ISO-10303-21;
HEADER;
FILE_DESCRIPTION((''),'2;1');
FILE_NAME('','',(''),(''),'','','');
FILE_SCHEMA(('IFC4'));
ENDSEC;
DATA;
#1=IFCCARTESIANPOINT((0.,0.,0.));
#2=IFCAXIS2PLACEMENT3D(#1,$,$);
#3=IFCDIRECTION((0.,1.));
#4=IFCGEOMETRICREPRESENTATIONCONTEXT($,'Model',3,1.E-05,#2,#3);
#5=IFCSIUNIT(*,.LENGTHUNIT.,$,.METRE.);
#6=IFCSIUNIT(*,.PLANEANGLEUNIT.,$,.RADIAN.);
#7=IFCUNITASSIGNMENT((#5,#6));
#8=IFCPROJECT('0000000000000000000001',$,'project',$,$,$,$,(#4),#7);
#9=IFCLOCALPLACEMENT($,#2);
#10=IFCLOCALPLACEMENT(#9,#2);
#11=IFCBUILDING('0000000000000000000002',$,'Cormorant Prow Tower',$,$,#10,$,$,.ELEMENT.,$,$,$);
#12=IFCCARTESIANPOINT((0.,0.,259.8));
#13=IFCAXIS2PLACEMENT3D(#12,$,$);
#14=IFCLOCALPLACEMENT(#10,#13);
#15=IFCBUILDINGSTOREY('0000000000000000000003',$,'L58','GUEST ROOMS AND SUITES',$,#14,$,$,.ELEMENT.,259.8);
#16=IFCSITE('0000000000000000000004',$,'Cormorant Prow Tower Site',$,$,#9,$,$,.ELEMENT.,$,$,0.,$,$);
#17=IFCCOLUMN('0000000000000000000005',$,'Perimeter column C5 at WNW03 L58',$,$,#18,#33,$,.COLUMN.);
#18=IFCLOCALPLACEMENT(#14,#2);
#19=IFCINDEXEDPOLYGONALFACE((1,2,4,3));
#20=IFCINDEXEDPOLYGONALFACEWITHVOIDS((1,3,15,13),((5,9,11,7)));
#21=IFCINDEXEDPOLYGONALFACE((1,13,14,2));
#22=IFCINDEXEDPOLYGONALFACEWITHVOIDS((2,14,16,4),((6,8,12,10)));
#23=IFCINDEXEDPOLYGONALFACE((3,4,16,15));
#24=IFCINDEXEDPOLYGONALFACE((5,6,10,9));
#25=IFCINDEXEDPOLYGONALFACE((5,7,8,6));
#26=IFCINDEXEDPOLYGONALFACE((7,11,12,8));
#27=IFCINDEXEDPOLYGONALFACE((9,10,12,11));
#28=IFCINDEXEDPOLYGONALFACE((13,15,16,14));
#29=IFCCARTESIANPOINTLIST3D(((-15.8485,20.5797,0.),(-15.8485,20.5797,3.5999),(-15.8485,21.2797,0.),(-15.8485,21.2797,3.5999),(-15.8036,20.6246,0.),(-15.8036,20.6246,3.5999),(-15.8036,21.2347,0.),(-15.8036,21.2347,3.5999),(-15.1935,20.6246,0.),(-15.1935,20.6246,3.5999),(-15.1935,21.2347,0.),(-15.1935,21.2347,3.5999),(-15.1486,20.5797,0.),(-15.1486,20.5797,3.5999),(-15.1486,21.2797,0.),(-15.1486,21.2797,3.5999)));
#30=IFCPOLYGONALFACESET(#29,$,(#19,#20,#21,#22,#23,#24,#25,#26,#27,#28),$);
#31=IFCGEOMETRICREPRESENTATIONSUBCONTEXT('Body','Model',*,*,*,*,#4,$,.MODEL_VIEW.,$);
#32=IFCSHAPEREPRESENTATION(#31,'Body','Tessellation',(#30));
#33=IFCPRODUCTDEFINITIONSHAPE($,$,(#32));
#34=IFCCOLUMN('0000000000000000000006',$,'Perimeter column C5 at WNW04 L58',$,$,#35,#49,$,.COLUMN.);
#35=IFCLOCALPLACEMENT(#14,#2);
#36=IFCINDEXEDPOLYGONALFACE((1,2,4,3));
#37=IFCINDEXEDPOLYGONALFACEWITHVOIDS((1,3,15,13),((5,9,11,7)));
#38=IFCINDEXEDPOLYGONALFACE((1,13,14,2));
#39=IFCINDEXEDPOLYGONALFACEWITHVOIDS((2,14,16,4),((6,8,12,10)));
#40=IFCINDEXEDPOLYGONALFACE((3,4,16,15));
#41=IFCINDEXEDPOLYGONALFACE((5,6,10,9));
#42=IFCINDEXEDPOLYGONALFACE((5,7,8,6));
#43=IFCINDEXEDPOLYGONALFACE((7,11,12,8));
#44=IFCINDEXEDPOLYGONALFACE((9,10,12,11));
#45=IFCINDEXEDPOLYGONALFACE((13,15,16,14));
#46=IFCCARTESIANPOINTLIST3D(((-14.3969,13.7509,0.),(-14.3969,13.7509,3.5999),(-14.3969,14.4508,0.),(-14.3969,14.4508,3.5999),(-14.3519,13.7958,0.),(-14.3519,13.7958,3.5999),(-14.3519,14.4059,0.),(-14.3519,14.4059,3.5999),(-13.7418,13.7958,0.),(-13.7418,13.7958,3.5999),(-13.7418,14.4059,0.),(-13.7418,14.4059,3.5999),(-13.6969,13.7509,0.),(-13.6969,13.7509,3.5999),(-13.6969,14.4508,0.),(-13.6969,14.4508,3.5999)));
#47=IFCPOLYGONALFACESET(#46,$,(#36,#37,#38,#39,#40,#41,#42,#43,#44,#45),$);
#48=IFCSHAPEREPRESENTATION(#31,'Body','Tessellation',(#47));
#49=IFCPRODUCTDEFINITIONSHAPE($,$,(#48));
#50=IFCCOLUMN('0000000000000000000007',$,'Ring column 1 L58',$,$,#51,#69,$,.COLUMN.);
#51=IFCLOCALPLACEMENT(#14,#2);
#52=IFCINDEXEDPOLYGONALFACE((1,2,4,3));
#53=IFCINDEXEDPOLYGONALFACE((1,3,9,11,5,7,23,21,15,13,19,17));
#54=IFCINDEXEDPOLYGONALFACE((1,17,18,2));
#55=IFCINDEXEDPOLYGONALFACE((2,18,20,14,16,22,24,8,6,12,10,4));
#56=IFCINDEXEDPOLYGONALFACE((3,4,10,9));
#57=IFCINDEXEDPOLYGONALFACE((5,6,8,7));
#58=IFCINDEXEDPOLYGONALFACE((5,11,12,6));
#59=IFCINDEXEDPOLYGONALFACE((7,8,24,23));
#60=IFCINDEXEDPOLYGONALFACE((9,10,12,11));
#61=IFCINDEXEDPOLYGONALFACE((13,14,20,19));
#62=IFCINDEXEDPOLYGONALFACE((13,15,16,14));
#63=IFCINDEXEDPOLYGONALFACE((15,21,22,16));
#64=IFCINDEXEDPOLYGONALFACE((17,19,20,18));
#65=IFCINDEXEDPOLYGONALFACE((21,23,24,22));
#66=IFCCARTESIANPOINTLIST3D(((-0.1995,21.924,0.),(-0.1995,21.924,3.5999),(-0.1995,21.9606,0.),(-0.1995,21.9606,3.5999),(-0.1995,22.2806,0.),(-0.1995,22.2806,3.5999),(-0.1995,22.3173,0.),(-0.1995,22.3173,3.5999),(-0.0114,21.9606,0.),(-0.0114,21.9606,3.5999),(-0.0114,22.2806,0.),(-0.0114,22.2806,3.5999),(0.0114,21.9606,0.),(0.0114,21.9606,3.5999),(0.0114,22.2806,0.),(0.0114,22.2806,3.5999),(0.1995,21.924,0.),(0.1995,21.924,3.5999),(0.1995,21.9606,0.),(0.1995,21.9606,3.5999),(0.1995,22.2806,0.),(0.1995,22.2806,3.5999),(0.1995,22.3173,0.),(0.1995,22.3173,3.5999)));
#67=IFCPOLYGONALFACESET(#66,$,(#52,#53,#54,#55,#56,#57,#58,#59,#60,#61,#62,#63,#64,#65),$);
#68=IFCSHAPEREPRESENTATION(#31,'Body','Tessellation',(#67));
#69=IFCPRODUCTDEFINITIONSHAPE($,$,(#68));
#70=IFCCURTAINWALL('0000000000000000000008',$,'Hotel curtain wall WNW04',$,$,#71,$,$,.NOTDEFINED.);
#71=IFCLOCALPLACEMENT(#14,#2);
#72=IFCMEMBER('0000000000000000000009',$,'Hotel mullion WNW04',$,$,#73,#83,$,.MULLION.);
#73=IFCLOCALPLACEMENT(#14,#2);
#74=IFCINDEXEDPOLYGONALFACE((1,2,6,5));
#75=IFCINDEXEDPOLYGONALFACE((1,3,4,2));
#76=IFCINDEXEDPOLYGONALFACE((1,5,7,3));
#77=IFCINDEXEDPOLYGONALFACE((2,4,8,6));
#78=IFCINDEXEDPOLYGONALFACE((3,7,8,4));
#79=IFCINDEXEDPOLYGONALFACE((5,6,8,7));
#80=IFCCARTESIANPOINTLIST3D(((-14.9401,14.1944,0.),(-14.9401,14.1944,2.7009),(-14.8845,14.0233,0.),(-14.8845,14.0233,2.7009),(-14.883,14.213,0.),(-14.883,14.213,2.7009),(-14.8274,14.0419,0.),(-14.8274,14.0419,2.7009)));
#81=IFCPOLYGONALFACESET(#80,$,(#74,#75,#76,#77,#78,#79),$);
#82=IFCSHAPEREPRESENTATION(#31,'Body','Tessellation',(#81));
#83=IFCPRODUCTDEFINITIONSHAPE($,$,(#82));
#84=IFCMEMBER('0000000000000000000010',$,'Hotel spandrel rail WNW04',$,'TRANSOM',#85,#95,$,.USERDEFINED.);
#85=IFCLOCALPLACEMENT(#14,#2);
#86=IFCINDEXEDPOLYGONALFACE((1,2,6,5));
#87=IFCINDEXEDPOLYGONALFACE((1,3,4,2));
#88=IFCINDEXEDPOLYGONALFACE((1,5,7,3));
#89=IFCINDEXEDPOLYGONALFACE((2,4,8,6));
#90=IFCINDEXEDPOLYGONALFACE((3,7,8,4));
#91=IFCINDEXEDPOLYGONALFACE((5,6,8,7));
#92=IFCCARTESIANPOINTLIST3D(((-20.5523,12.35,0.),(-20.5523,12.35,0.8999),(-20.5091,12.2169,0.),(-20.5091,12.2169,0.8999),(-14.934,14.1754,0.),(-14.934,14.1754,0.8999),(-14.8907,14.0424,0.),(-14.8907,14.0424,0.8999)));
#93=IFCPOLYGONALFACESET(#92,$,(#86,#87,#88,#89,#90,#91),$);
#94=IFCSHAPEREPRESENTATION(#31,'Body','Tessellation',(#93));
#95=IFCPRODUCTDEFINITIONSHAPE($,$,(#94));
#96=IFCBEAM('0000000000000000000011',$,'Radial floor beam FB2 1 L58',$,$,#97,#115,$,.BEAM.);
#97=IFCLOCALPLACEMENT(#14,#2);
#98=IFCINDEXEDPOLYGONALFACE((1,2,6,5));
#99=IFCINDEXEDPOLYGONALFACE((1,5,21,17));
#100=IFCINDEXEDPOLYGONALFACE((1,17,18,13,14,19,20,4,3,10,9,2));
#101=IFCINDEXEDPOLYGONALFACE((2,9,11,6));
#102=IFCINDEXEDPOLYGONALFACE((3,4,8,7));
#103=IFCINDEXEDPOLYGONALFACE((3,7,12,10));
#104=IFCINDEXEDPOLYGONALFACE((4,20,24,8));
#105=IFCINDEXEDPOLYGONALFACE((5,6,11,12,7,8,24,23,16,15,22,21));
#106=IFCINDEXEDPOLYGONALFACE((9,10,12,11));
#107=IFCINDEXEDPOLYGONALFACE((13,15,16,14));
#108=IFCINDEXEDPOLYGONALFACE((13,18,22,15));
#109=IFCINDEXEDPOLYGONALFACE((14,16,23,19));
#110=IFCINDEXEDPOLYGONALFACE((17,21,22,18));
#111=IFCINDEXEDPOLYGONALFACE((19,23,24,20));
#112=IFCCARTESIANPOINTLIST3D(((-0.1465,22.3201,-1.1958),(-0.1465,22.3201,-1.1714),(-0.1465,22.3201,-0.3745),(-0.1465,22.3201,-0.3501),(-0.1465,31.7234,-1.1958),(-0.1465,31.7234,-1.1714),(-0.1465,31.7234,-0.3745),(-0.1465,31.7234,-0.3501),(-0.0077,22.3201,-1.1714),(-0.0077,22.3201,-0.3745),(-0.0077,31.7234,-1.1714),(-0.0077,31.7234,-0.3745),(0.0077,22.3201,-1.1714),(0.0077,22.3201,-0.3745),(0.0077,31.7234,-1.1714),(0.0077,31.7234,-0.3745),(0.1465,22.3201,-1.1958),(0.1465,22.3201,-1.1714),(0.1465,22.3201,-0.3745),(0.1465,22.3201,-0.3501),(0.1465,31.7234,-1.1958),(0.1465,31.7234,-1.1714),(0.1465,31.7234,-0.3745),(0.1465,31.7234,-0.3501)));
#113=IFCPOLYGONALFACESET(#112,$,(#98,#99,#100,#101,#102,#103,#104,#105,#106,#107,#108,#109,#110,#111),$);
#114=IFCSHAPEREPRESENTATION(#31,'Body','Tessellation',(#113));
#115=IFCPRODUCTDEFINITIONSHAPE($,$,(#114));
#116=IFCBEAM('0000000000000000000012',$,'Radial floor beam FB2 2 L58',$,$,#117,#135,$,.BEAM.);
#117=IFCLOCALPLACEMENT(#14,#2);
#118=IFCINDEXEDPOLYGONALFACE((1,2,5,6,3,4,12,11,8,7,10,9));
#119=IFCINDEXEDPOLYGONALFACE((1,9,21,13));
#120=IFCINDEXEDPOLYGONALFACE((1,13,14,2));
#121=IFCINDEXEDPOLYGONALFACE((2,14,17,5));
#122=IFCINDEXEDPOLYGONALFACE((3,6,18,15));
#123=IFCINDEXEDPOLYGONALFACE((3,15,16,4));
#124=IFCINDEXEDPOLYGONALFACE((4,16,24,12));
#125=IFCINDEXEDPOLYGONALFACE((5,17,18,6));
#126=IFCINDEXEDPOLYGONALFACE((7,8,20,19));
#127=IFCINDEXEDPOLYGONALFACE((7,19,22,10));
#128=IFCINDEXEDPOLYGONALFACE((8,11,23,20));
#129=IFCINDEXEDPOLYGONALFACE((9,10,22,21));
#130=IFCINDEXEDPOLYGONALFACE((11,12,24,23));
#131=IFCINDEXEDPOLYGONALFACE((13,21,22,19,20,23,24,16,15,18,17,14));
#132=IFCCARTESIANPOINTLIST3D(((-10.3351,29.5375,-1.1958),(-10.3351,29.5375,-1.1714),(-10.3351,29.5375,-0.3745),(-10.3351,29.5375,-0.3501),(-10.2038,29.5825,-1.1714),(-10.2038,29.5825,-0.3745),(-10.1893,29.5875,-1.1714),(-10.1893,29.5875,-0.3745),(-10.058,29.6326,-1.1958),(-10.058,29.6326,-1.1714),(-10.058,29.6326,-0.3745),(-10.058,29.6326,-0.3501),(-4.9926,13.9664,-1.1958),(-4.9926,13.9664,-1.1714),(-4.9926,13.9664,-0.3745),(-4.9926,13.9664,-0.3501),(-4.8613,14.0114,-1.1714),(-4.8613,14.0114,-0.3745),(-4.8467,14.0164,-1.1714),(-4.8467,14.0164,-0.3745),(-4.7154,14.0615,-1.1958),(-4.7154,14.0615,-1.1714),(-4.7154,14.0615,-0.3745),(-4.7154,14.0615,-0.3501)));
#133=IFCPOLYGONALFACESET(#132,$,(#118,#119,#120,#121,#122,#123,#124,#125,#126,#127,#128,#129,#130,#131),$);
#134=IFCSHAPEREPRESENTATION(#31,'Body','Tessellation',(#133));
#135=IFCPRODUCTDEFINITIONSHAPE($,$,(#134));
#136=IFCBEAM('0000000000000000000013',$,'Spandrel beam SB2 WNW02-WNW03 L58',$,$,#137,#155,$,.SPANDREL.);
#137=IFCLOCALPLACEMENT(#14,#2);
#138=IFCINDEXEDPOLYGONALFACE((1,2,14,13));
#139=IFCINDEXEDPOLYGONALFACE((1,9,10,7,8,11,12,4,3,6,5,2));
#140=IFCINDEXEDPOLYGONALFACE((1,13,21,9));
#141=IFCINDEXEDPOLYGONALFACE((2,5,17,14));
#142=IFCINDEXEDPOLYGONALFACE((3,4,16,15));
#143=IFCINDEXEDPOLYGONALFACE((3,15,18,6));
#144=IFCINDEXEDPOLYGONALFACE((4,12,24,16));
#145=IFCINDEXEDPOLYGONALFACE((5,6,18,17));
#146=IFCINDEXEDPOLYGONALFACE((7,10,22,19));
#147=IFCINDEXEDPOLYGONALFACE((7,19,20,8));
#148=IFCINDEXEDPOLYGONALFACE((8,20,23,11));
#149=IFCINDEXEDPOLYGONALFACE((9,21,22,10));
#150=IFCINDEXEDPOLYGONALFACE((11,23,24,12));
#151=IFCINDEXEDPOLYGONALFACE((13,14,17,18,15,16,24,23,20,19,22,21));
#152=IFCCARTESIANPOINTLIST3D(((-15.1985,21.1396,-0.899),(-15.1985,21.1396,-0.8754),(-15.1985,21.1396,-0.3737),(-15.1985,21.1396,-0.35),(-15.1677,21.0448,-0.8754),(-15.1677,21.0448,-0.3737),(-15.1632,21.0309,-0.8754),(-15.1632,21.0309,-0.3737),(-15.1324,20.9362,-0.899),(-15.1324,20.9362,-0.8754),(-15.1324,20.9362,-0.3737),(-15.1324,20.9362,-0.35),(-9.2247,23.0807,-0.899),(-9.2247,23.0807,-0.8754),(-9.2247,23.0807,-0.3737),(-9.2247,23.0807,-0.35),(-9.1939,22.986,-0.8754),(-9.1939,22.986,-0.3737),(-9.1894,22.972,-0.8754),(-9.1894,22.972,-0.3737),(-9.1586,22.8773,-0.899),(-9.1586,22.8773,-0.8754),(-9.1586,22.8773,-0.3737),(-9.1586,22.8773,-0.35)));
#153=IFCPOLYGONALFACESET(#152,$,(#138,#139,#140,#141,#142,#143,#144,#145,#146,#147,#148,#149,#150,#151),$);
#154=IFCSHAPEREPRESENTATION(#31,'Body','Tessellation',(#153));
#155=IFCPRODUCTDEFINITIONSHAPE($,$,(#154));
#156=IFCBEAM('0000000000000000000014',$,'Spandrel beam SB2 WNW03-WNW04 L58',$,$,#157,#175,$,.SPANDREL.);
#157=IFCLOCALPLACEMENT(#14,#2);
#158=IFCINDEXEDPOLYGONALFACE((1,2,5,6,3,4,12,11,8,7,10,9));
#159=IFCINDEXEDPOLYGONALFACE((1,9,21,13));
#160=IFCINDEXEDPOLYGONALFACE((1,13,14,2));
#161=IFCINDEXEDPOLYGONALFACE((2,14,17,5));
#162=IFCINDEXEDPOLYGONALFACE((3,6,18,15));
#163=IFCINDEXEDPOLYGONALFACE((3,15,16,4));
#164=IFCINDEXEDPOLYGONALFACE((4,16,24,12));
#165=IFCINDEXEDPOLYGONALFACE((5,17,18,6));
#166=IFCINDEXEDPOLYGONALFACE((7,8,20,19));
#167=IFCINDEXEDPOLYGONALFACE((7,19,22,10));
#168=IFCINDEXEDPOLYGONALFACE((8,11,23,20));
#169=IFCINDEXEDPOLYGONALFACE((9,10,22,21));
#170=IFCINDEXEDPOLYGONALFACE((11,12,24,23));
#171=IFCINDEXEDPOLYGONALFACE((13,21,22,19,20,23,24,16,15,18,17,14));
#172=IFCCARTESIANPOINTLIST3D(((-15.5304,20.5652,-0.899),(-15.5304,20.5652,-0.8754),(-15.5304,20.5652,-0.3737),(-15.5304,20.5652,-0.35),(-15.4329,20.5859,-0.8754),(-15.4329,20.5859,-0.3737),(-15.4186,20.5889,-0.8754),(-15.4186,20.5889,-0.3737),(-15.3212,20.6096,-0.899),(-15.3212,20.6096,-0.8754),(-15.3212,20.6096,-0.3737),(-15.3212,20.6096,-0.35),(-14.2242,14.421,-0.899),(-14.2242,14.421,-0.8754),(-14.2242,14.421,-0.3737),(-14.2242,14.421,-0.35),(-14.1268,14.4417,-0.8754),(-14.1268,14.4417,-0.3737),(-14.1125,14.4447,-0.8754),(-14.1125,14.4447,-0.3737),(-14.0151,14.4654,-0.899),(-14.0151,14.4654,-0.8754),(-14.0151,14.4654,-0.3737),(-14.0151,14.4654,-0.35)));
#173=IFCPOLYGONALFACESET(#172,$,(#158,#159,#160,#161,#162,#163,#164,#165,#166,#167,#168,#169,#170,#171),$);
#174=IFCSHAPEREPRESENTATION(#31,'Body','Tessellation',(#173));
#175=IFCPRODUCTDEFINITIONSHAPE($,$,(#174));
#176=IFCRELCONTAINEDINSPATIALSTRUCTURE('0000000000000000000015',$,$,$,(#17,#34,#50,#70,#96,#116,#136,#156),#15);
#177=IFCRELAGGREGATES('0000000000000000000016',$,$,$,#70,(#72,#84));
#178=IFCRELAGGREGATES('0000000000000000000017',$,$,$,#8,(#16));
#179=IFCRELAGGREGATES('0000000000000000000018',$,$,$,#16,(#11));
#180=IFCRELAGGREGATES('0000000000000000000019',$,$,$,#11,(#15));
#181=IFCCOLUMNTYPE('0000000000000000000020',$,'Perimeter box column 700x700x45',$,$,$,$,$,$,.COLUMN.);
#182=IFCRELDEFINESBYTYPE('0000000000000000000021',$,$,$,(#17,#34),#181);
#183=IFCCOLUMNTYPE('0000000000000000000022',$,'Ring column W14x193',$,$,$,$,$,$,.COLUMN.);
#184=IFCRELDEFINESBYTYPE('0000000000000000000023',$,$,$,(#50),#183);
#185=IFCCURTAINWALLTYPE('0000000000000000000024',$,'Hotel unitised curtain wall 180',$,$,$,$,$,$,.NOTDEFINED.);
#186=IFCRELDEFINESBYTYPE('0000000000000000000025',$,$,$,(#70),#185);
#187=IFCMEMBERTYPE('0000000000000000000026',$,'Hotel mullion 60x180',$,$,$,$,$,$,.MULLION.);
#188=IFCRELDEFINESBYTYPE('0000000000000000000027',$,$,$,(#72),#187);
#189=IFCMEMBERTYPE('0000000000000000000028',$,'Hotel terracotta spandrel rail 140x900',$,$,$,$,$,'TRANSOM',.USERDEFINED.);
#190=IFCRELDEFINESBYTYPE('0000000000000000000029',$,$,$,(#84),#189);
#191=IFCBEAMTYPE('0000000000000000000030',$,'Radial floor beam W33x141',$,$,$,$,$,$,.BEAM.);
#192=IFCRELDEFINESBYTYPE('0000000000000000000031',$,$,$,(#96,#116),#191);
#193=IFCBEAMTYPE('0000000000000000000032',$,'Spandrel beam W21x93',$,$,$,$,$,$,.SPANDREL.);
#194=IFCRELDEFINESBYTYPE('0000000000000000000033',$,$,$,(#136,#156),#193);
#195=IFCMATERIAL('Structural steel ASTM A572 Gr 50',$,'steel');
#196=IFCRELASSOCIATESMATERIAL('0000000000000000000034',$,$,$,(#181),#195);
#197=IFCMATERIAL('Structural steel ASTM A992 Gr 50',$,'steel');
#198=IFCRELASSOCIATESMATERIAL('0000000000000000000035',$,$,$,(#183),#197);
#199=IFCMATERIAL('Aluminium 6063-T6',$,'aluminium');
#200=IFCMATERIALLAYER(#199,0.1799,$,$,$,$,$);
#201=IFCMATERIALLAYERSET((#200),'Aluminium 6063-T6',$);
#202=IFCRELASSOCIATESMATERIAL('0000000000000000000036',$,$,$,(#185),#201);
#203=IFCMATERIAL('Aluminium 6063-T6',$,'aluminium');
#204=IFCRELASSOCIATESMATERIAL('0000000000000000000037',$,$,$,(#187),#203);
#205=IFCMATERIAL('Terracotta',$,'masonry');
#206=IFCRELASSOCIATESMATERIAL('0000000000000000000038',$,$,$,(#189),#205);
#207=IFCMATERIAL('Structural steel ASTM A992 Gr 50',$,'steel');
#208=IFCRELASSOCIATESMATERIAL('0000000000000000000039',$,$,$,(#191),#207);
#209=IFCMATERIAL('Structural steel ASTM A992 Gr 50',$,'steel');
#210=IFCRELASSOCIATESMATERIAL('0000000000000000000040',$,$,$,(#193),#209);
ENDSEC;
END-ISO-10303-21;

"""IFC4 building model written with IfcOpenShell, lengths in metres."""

from ifc_helpers import new_model, si_unit, direction, frame, origin, origin_2d, place, context, subcontext, project, spatial, rectangle, hollow_rectangle, i_section, extrude, material, layer, layer_set, material_profile, profile_set, type_object, element, aggregate, save


model = new_model("IFC4")

# Units and contexts
model_context = context("Model", 3, precision=1e-05, world=origin(), true_north=direction((0.0, 1.0)))
body_context = subcontext(model_context, "Body", "Model", "MODEL_VIEW")
ifc_project = project(units=[si_unit("LENGTHUNIT", "METRE"), si_unit("PLANEANGLEUNIT", "RADIAN")], contexts=[model_context])

# Site, building, storey
site_placement = place(None, origin())
site = spatial("IfcSite", under=ifc_project, at=site_placement, Name="Cormorant Prow Tower Site", CompositionType="ELEMENT", RefElevation=0.0)
building_placement = place(site_placement, origin())
building = spatial("IfcBuilding", under=site, at=building_placement, Name="Cormorant Prow Tower", CompositionType="ELEMENT")
storey_placement = place(building_placement, frame((0.0, 0.0, 259.8)))
storey = spatial("IfcBuildingStorey", under=building, at=storey_placement, Name="L58", Description="GUEST ROOMS AND SUITES", CompositionType="ELEMENT", Elevation=259.8)

# Columns
ifc_material_1 = material(Name="Structural steel ASTM A572 Gr 50", Category="steel")
ifc_material_profile_1 = material_profile(ifc_material_1, hollow_rectangle(XDim=0.7, YDim=0.7, WallThickness=0.0449, at=origin_2d()), Name="Box 700x700x45")
ifc_profile_set_1 = profile_set([ifc_material_profile_1], Name="Structural steel ASTM A572 Gr 50")
column_type_1 = type_object("IfcColumnType", Name="Perimeter box column 700x700x45", PredefinedType="COLUMN", material=ifc_profile_set_1)
for number, where, z_axis, x_axis, name in (
    (1, (-15.4985, 20.9297, 0.0), (0.0, 0.0, 1.0), (1.0, 0.0, 0.0), "Perimeter column C5 at WNW03 L58"),
    (2, (-14.0469, 14.1008, 0.0), (0.0, 0.0, 1.0), (1.0, 0.0, 0.0), "Perimeter column C5 at WNW04 L58"),
):
    element("IfcColumn", number, at=place(storey_placement, frame(where, z_axis=z_axis, x_axis=x_axis)), inside=storey, type_object=column_type_1, Name=name, PredefinedType="COLUMN", context=body_context, shape_type="SweptSolid", body=[
        extrude(hollow_rectangle(XDim=0.7, YDim=0.7, WallThickness=0.0449, at=origin_2d()), origin(), (0.0, 0.0, 1.0), 3.5999),
    ])
ifc_material_2 = material(Name="Structural steel ASTM A992 Gr 50", Category="steel")
ifc_material_profile_2 = material_profile(ifc_material_2, i_section(OverallWidth=0.3989, OverallDepth=0.3933, WebThickness=0.0227, FlangeThickness=0.0366, at=origin_2d()), Name="W14x193")
ifc_profile_set_2 = profile_set([ifc_material_profile_2], Name="Structural steel ASTM A992 Gr 50")
column_type_2 = type_object("IfcColumnType", Name="Ring column W14x193", PredefinedType="COLUMN", material=ifc_profile_set_2)
column_placement = place(storey_placement, frame((0.0, 22.1206, 0.0), z_axis=(0.0, 0.0, 1.0), x_axis=(1.0, 0.0, 0.0)))
element("IfcColumn", 3, at=column_placement, inside=storey, type_object=column_type_2, Name="Ring column 1 L58", PredefinedType="COLUMN", context=body_context, shape_type="SweptSolid", body=[
    extrude(i_section(OverallWidth=0.3989, OverallDepth=0.3933, WebThickness=0.0227, FlangeThickness=0.0366, at=origin_2d()), origin(), (0.0, 0.0, 1.0), 3.5999),
])

# Curtain wall, members
ifc_material_3 = material(Name="Aluminium 6063-T6", Category="aluminium")
ifc_layer_1 = layer(ifc_material_3, 0.1799)
ifc_layer_set_1 = layer_set([ifc_layer_1], Name="Aluminium 6063-T6")
curtain_wall_type = type_object("IfcCurtainWallType", Name="Hotel unitised curtain wall 180", PredefinedType="NOTDEFINED", material=ifc_layer_set_1)
curtain_wall_1_placement = place(storey_placement, origin())
curtain_wall_1 = element("IfcCurtainWall", 4, at=curtain_wall_1_placement, inside=storey, type_object=curtain_wall_type, Name="Hotel curtain wall WNW04", PredefinedType="NOTDEFINED")
ifc_material_4 = material(Name="Aluminium 6063-T6", Category="aluminium")
ifc_material_profile_3 = material_profile(ifc_material_4, rectangle(XDim=0.1799, YDim=0.0601, at=origin_2d()), Name="Hotel mullion 60x180")
ifc_profile_set_3 = profile_set([ifc_material_profile_3], Name="Aluminium 6063-T6")
member_type_1 = type_object("IfcMemberType", Name="Hotel mullion 60x180", PredefinedType="MULLION", material=ifc_profile_set_3)
member_1_placement = place(storey_placement, frame((-14.8838, 14.1182, 0.0), z_axis=(0.0, 0.0, 1.0), x_axis=(0.309017, -0.951056, 0.0)))
member_1 = element("IfcMember", 5, at=member_1_placement, type_object=member_type_1, Name="Hotel mullion WNW04", PredefinedType="MULLION", context=body_context, shape_type="SweptSolid", body=[
    extrude(rectangle(XDim=0.1799, YDim=0.0601, at=origin_2d()), origin(), (0.0, 0.0, 1.0), 2.7009),
])
ifc_material_5 = material(Name="Terracotta", Category="masonry")
ifc_material_profile_4 = material_profile(ifc_material_5, rectangle(XDim=0.1399, YDim=0.8999, at=origin_2d()), Name="Hotel terracotta spandrel rail 140x900")
ifc_profile_set_4 = profile_set([ifc_material_profile_4], Name="Terracotta")
member_type_2 = type_object("IfcMemberType", Name="Hotel terracotta spandrel rail 140x900", ElementType="TRANSOM", PredefinedType="USERDEFINED", material=ifc_profile_set_4)
member_2_placement = place(storey_placement, frame((-14.9124, 14.1089, 0.45), z_axis=(-0.951061, -0.309003, 0.0), x_axis=(0.309003, -0.951061, 0.0)))
member_2 = element("IfcMember", 6, at=member_2_placement, type_object=member_type_2, Name="Hotel spandrel rail WNW04", ObjectType="TRANSOM", PredefinedType="USERDEFINED", context=body_context, shape_type="SweptSolid", body=[
    extrude(rectangle(XDim=0.1399, YDim=0.8999, at=origin_2d()), origin(), (0.0, 0.0, 1.0), 5.9075),
])
aggregate(curtain_wall_1, [member_1, member_2])

# Beams
ifc_material_6 = material(Name="Structural steel ASTM A992 Gr 50", Category="steel")
ifc_material_profile_5 = material_profile(ifc_material_6, i_section(OverallWidth=0.293, OverallDepth=0.8457, WebThickness=0.0154, FlangeThickness=0.0244, at=origin_2d()), Name="W33x141")
ifc_profile_set_5 = profile_set([ifc_material_profile_5], Name="Structural steel ASTM A992 Gr 50")
beam_type_1 = type_object("IfcBeamType", Name="Radial floor beam W33x141", PredefinedType="BEAM", material=ifc_profile_set_5)
beam_1_placement = place(storey_placement, frame((0.0, 22.3201, -0.7729), z_axis=(0.0, 1.0, 0.0), x_axis=(-1.0, 0.0, 0.0)))
element("IfcBeam", 7, at=beam_1_placement, inside=storey, type_object=beam_type_1, Name="Radial floor beam FB2 1 L58", PredefinedType="BEAM", context=body_context, shape_type="SweptSolid", body=[
    extrude(i_section(OverallWidth=0.293, OverallDepth=0.8457, WebThickness=0.0154, FlangeThickness=0.0244, at=origin_2d()), origin(), (0.0, 0.0, 1.0), 9.4033),
])
beam_2_placement = place(storey_placement, frame((-4.854, 14.0139, -0.7729), z_axis=(-0.324536, 0.945874, 0.0), x_axis=(-0.945874, -0.324536, 0.0)))
element("IfcBeam", 8, at=beam_2_placement, inside=storey, type_object=beam_type_1, Name="Radial floor beam FB2 2 L58", PredefinedType="BEAM", context=body_context, shape_type="SweptSolid", body=[
    extrude(i_section(OverallWidth=0.293, OverallDepth=0.8457, WebThickness=0.0154, FlangeThickness=0.0244, at=origin_2d()), origin(), (0.0, 0.0, 1.0), 16.4622),
])
ifc_material_7 = material(Name="Structural steel ASTM A992 Gr 50", Category="steel")
ifc_material_profile_6 = material_profile(ifc_material_7, i_section(OverallWidth=0.2139, OverallDepth=0.5491, WebThickness=0.0146, FlangeThickness=0.0237, at=origin_2d()), Name="W21x93")
ifc_profile_set_6 = profile_set([ifc_material_profile_6], Name="Structural steel ASTM A992 Gr 50")
beam_type_2 = type_object("IfcBeamType", Name="Spandrel beam W21x93", PredefinedType="SPANDREL", material=ifc_profile_set_6)
beam_3_placement = place(storey_placement, frame((-9.1917, 22.979, -0.6245), z_axis=(-0.95105, -0.309036, 0.0), x_axis=(0.309036, -0.95105, 0.0)))
element("IfcBeam", 9, at=beam_3_placement, inside=storey, type_object=beam_type_2, Name="Spandrel beam SB2 WNW02-WNW03 L58", PredefinedType="SPANDREL", context=body_context, shape_type="SweptSolid", body=[
    extrude(i_section(OverallWidth=0.2139, OverallDepth=0.5491, WebThickness=0.0146, FlangeThickness=0.0237, at=origin_2d()), origin(), (0.0, 0.0, 1.0), 6.2812),
])
beam_4_placement = place(storey_placement, frame((-15.4258, 20.5874, -0.6245), z_axis=(0.207934, -0.978143, 0.0), x_axis=(0.978143, 0.207934, 0.0)))
element("IfcBeam", 10, at=beam_4_placement, inside=storey, type_object=beam_type_2, Name="Spandrel beam SB2 WNW03-WNW04 L58", PredefinedType="SPANDREL", context=body_context, shape_type="SweptSolid", body=[
    extrude(i_section(OverallWidth=0.2139, OverallDepth=0.5491, WebThickness=0.0146, FlangeThickness=0.0237, at=origin_2d()), origin(), (0.0, 0.0, 1.0), 6.2815),
])

save(model, "model.ifc")
